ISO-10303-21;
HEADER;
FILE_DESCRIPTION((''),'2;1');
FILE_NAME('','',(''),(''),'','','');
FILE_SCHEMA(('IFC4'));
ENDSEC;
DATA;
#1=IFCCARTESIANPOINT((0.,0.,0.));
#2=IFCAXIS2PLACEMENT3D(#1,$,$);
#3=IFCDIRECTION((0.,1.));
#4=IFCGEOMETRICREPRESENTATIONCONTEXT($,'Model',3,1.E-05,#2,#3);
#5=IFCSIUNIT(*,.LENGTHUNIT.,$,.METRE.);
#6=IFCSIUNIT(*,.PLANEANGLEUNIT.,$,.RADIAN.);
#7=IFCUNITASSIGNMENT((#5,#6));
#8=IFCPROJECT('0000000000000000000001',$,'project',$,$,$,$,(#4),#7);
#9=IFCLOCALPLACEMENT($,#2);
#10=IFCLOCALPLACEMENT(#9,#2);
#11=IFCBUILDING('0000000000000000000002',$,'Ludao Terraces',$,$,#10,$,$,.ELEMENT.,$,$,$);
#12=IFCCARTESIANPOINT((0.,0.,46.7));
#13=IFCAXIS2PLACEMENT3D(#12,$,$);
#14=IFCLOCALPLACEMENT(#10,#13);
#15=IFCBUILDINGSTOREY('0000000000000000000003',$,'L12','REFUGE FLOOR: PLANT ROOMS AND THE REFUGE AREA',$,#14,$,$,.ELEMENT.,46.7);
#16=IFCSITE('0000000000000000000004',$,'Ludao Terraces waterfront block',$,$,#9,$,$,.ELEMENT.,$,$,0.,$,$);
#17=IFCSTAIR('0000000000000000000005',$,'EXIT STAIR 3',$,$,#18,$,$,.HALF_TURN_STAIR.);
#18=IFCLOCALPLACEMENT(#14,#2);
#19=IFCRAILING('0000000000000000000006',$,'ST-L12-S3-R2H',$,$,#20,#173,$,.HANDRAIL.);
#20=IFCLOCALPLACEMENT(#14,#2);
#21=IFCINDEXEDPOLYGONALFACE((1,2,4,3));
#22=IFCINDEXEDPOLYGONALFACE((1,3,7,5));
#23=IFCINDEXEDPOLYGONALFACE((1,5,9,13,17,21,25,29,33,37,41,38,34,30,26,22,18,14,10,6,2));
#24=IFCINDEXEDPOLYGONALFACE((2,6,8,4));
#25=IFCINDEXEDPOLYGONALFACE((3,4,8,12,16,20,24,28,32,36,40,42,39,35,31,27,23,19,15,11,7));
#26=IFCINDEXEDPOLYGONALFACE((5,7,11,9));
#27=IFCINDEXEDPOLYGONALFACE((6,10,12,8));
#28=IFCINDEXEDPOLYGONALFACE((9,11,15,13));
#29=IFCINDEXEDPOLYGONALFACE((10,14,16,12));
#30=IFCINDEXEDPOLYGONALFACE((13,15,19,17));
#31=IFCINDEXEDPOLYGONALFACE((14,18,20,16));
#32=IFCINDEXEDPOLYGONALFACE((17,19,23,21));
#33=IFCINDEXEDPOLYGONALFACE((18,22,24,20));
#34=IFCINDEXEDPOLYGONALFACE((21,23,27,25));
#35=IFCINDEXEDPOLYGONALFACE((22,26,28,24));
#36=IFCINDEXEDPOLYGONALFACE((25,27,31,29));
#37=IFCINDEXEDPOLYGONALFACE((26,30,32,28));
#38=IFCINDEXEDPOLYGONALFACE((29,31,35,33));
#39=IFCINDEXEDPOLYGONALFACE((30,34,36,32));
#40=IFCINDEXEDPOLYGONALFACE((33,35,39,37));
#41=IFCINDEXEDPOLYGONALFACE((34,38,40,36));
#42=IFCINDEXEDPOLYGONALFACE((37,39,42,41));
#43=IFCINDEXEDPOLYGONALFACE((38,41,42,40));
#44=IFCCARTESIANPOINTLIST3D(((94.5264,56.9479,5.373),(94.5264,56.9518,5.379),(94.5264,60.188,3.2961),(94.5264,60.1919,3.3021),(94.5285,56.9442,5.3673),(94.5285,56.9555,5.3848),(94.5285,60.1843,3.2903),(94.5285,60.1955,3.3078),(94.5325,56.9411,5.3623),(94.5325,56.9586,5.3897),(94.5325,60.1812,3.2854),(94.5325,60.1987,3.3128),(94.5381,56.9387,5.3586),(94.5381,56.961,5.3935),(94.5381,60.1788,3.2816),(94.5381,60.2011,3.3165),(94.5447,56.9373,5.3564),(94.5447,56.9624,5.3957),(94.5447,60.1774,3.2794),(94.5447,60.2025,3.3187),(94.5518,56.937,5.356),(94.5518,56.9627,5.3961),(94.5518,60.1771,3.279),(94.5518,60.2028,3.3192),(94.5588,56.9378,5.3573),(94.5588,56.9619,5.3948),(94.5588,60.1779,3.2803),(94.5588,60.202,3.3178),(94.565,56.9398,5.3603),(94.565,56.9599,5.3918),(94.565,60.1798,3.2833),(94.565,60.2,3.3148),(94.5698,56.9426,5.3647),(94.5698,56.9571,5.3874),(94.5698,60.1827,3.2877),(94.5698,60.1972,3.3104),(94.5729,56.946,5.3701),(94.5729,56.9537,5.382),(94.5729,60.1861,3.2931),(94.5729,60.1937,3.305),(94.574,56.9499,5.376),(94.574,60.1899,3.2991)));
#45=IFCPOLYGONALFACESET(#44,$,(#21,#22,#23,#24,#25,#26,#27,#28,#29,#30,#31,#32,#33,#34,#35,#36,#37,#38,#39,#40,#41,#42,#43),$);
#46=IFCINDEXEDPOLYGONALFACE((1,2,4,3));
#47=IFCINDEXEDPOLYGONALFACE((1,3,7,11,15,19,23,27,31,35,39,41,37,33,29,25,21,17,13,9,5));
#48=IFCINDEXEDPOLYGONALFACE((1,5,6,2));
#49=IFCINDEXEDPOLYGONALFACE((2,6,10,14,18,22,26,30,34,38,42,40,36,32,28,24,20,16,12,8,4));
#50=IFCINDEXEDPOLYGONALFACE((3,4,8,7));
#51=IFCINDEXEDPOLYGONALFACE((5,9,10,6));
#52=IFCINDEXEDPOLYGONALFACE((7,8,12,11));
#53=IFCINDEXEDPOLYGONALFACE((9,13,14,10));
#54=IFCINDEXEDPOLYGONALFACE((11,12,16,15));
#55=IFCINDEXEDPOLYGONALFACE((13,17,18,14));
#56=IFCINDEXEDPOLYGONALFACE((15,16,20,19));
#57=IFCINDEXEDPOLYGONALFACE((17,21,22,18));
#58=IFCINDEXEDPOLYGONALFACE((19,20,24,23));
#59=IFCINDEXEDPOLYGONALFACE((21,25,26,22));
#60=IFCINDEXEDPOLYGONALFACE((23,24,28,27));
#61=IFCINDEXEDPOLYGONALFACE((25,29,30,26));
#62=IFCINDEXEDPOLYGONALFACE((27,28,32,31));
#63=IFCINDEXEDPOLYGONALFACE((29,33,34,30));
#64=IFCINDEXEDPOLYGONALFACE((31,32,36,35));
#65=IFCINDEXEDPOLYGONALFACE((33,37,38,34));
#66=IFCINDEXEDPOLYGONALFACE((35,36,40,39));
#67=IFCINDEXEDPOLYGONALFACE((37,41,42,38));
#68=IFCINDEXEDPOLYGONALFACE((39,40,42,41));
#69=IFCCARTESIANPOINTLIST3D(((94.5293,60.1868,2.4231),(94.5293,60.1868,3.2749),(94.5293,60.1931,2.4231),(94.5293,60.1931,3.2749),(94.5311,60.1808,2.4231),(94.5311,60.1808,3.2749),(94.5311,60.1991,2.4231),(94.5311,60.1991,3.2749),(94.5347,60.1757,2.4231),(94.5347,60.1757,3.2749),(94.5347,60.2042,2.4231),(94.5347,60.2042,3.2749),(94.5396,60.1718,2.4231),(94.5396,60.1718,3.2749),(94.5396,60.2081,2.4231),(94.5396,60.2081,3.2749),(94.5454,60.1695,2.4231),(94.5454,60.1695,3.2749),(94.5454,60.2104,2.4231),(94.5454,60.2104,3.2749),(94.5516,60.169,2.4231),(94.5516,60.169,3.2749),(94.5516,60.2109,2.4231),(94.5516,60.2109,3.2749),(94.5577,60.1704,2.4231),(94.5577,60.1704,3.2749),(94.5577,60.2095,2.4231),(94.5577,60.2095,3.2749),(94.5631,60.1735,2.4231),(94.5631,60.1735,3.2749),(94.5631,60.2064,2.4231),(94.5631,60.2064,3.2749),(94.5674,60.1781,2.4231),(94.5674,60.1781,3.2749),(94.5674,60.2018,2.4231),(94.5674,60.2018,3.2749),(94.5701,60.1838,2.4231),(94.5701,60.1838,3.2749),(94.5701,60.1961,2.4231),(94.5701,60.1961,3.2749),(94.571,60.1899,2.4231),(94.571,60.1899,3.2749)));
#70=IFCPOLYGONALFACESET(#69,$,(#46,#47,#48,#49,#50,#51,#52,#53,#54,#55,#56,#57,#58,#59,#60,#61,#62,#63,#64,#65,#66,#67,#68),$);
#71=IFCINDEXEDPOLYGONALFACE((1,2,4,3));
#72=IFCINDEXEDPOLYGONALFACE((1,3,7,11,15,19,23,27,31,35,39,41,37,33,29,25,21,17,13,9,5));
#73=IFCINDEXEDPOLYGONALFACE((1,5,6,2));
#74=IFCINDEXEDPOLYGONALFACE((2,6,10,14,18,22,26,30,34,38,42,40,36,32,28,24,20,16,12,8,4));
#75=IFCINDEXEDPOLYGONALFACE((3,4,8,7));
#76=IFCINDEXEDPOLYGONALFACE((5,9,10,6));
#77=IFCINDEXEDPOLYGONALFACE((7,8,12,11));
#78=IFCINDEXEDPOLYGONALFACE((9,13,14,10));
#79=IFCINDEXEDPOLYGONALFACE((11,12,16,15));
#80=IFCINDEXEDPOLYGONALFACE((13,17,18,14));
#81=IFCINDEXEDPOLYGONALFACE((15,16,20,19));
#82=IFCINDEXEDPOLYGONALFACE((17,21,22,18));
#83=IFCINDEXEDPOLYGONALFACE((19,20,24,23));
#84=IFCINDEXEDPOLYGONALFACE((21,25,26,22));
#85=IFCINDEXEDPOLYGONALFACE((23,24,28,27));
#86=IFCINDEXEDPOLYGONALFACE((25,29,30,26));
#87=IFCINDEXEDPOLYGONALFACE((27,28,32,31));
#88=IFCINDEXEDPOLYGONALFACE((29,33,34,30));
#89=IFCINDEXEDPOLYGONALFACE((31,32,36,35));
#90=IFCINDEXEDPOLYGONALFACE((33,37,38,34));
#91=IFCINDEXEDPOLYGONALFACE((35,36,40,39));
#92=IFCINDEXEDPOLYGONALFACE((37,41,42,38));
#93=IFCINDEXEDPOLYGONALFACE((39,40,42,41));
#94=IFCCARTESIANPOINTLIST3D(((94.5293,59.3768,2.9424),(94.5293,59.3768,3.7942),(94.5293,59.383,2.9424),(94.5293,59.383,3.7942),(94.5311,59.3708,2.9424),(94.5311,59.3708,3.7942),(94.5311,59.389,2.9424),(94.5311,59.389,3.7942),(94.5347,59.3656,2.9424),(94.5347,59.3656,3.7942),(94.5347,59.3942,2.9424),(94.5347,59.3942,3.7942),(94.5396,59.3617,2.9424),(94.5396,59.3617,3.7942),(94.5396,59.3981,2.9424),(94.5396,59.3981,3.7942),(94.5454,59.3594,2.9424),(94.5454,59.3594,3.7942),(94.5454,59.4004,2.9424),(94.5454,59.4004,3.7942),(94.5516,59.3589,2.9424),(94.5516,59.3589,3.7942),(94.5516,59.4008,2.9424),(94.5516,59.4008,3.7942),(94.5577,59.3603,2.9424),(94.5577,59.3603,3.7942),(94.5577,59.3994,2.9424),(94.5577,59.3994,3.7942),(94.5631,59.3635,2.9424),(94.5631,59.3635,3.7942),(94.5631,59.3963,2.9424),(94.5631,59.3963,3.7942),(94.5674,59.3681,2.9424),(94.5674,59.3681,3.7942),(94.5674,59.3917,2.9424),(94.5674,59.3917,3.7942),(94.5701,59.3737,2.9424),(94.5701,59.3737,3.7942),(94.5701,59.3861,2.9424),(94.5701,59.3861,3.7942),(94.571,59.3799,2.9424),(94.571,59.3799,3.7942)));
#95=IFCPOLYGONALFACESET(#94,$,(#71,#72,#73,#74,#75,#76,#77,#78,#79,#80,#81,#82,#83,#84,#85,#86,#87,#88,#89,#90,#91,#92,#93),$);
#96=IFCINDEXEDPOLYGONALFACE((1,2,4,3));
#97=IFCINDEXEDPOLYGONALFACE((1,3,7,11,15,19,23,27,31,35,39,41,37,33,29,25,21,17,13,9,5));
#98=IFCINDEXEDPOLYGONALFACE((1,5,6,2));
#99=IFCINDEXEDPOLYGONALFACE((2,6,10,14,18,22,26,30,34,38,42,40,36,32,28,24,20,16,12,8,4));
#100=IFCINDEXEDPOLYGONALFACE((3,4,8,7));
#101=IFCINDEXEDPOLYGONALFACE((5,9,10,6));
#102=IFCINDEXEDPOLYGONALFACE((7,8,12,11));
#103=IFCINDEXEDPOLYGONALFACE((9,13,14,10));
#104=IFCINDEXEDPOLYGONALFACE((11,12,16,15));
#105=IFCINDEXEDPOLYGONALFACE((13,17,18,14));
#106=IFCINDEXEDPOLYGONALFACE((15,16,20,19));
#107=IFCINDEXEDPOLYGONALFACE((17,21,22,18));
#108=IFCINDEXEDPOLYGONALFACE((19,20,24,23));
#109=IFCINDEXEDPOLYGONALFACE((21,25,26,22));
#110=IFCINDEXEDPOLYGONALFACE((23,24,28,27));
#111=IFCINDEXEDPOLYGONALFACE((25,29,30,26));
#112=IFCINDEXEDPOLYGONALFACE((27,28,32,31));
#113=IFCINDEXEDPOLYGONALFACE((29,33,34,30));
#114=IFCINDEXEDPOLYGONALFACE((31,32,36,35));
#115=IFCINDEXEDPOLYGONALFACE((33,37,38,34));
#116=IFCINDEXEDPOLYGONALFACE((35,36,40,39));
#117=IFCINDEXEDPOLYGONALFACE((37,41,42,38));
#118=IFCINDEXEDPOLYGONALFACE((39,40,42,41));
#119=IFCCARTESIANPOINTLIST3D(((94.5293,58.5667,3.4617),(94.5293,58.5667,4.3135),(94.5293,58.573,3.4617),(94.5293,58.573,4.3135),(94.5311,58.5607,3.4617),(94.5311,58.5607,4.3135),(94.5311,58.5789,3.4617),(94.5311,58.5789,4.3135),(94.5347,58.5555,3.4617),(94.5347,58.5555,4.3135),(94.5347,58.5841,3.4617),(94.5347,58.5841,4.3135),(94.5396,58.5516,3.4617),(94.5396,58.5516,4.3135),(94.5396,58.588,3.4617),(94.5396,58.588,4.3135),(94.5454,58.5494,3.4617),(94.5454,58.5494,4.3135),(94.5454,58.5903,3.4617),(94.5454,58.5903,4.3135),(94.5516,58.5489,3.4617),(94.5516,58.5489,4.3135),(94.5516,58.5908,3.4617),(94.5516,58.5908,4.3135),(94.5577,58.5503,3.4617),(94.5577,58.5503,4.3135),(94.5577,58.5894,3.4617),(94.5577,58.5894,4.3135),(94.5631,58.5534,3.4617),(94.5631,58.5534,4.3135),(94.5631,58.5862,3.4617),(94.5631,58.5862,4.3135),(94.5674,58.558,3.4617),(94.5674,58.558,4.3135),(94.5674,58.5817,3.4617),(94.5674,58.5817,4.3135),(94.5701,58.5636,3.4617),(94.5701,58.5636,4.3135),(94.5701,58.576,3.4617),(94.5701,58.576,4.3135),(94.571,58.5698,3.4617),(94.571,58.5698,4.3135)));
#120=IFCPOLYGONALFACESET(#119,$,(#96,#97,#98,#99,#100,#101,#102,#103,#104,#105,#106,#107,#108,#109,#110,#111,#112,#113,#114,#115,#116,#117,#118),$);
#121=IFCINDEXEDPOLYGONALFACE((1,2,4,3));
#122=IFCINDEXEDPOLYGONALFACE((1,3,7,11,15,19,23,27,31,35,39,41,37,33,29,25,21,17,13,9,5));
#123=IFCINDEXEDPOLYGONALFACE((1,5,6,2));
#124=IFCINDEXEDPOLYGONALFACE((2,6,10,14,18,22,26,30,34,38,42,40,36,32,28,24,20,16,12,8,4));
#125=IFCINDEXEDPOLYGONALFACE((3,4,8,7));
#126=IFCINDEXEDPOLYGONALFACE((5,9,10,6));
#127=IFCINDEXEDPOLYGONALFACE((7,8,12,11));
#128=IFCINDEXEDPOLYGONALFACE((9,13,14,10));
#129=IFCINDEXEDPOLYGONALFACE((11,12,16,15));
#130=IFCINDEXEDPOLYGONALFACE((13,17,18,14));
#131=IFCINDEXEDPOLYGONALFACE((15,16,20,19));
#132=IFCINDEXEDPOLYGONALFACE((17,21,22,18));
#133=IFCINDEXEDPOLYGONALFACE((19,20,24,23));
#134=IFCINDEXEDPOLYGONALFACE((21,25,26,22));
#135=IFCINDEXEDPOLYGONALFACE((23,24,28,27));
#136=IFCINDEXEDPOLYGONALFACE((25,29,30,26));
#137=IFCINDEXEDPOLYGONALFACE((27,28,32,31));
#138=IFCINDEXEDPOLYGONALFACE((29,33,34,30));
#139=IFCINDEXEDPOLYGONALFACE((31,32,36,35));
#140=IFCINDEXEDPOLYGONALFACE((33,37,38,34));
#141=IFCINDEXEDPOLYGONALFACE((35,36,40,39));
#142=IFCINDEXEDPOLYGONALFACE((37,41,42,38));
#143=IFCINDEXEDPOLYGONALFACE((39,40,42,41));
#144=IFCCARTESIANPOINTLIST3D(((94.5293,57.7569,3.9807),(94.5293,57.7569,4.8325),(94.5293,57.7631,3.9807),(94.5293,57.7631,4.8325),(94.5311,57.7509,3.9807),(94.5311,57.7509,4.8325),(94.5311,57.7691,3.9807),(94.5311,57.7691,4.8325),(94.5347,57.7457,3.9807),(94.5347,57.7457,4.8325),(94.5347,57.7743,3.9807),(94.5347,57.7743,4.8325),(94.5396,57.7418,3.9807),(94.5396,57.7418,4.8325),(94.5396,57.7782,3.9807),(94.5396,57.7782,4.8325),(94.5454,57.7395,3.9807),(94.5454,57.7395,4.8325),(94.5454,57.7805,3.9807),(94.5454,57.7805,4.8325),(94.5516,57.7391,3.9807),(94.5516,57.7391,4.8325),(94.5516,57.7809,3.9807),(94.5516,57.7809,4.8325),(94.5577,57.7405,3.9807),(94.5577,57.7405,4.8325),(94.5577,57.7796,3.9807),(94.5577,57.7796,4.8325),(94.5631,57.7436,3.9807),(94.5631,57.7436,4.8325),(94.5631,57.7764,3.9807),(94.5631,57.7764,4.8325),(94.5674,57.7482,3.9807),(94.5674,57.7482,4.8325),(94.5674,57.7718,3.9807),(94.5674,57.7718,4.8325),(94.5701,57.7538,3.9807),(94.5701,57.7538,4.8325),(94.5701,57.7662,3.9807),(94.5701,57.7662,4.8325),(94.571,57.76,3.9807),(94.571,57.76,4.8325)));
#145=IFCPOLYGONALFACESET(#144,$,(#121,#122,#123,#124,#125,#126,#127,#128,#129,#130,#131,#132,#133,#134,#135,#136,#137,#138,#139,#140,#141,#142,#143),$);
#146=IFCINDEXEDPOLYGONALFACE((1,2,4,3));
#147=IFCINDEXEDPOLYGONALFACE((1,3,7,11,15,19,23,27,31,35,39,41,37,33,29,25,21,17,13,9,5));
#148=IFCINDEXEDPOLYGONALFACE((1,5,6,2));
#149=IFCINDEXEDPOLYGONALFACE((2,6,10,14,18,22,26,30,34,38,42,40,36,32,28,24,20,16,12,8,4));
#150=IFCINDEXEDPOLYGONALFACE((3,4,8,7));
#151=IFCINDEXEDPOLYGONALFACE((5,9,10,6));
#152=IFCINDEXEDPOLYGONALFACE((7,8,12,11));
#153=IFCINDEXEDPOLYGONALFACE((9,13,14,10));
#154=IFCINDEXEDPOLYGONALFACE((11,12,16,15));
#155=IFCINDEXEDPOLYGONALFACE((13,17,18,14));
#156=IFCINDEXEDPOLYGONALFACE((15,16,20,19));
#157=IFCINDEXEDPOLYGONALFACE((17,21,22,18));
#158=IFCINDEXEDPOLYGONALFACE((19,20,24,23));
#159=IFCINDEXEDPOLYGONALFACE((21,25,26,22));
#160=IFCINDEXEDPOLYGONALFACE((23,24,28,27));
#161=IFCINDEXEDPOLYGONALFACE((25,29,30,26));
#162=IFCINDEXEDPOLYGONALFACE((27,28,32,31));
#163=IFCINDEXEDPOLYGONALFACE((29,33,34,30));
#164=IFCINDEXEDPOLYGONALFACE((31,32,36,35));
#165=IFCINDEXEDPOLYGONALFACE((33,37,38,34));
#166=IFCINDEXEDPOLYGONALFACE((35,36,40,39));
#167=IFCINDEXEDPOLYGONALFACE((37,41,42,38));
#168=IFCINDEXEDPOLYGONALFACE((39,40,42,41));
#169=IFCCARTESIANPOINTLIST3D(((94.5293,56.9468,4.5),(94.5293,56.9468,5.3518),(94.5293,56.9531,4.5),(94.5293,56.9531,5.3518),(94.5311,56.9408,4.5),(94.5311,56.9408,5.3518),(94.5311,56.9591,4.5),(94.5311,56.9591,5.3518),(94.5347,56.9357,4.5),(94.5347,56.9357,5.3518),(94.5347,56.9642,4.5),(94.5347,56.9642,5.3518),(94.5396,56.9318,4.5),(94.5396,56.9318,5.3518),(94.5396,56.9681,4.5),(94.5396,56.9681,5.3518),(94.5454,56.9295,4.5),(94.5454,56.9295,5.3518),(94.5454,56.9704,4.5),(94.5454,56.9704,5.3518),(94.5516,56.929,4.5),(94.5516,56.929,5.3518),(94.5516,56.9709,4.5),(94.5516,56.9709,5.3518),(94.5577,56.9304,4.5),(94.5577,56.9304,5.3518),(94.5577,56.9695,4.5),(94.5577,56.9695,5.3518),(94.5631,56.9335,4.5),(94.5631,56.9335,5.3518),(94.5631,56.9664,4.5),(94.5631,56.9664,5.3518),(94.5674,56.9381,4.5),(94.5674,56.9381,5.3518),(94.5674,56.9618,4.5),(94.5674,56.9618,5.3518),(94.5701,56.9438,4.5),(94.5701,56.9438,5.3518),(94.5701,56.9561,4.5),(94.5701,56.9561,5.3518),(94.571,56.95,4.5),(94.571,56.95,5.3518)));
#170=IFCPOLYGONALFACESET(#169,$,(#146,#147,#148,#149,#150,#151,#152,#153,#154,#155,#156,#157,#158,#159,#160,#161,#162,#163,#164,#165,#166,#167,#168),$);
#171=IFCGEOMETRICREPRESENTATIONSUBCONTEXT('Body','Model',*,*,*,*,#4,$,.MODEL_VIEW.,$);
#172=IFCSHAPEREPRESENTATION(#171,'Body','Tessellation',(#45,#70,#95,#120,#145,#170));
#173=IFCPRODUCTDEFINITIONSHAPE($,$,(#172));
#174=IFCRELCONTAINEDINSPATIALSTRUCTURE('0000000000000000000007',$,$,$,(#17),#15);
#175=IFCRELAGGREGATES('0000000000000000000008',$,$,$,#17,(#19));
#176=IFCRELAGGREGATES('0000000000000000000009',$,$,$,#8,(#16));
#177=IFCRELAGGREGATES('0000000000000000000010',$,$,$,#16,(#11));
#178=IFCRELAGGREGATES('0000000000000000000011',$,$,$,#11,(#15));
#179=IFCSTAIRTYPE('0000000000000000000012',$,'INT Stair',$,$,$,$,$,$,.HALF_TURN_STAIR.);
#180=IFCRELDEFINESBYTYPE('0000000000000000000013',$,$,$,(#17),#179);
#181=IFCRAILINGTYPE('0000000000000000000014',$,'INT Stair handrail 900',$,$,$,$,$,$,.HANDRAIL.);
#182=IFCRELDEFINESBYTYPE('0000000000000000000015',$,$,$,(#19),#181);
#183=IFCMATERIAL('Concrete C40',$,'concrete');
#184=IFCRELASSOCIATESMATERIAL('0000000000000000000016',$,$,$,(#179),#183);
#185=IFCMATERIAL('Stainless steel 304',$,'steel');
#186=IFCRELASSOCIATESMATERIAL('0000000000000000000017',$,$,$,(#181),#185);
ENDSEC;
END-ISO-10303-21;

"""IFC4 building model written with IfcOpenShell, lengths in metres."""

from ifc_helpers import new_model, si_unit, direction, frame, origin, origin_2d, place, context, subcontext, project, spatial, circle, extrude, material, type_object, element, aggregate, save


model = new_model("IFC4")

# Units and contexts
model_context = context("Model", 3, precision=1e-05, world=origin(), true_north=direction((0.0, 1.0)))
body_context = subcontext(model_context, "Body", "Model", "MODEL_VIEW")
ifc_project = project(units=[si_unit("LENGTHUNIT", "METRE"), si_unit("PLANEANGLEUNIT", "RADIAN")], contexts=[model_context])

# Site, building, storey
site_placement = place(None, origin())
site = spatial("IfcSite", under=ifc_project, at=site_placement, Name="Ludao Terraces waterfront block", CompositionType="ELEMENT", RefElevation=0.0)
building_placement = place(site_placement, origin())
building = spatial("IfcBuilding", under=site, at=building_placement, Name="Ludao Terraces", CompositionType="ELEMENT")
storey_placement = place(building_placement, frame((0.0, 0.0, 46.7)))
storey = spatial("IfcBuildingStorey", under=building, at=storey_placement, Name="L12", Description="REFUGE FLOOR: PLANT ROOMS AND THE REFUGE AREA", CompositionType="ELEMENT", Elevation=46.7)

# Stair, railing
ifc_material_1 = material(Name="Concrete C40", Category="concrete")
stair_type = type_object("IfcStairType", Name="INT Stair", PredefinedType="HALF_TURN_STAIR", material=ifc_material_1)
stair_placement = place(storey_placement, origin())
stair = element("IfcStair", 1, at=stair_placement, inside=storey, type_object=stair_type, Name="EXIT STAIR 3", PredefinedType="HALF_TURN_STAIR")
ifc_material_2 = material(Name="Stainless steel 304", Category="steel")
railing_type_1 = type_object("IfcRailingType", Name="INT Stair handrail 900", PredefinedType="HANDRAIL", material=ifc_material_2)
railing_1_placement = place(storey_placement, frame((94.55, 60.1899, 2.4231)))
railing_1 = element("IfcRailing", 2, at=railing_1_placement, type_object=railing_type_1, Name="ST-L12-S3-R2H", PredefinedType="HANDRAIL", context=body_context, shape_type="SweptSolid", body=[
    extrude(circle(Radius=0.0239, at=origin_2d()), frame((0.0, 0.0, 0.876), z_axis=(0.0, -0.841881, 0.539664), x_axis=(1.0, 0.0, 0.0)), (0.0, 0.0, 1.0), 3.8486),
    extrude(circle(Radius=0.021, at=origin_2d()), origin(), (0.0, 0.0, 1.0), 0.8518),
    extrude(circle(Radius=0.021, at=origin_2d()), frame((0.0, -0.8101, 0.5193)), (0.0, 0.0, 1.0), 0.8518),
    extrude(circle(Radius=0.021, at=origin_2d()), frame((0.0, -1.6201, 1.0386)), (0.0, 0.0, 1.0), 0.8518),
    extrude(circle(Radius=0.021, at=origin_2d()), frame((0.0, -2.4299, 1.5576)), (0.0, 0.0, 1.0), 0.8518),
    extrude(circle(Radius=0.021, at=origin_2d()), frame((0.0, -3.24, 2.0769)), (0.0, 0.0, 1.0), 0.8518),
])
aggregate(stair, [railing_1])

save(model, "model.ifc")
